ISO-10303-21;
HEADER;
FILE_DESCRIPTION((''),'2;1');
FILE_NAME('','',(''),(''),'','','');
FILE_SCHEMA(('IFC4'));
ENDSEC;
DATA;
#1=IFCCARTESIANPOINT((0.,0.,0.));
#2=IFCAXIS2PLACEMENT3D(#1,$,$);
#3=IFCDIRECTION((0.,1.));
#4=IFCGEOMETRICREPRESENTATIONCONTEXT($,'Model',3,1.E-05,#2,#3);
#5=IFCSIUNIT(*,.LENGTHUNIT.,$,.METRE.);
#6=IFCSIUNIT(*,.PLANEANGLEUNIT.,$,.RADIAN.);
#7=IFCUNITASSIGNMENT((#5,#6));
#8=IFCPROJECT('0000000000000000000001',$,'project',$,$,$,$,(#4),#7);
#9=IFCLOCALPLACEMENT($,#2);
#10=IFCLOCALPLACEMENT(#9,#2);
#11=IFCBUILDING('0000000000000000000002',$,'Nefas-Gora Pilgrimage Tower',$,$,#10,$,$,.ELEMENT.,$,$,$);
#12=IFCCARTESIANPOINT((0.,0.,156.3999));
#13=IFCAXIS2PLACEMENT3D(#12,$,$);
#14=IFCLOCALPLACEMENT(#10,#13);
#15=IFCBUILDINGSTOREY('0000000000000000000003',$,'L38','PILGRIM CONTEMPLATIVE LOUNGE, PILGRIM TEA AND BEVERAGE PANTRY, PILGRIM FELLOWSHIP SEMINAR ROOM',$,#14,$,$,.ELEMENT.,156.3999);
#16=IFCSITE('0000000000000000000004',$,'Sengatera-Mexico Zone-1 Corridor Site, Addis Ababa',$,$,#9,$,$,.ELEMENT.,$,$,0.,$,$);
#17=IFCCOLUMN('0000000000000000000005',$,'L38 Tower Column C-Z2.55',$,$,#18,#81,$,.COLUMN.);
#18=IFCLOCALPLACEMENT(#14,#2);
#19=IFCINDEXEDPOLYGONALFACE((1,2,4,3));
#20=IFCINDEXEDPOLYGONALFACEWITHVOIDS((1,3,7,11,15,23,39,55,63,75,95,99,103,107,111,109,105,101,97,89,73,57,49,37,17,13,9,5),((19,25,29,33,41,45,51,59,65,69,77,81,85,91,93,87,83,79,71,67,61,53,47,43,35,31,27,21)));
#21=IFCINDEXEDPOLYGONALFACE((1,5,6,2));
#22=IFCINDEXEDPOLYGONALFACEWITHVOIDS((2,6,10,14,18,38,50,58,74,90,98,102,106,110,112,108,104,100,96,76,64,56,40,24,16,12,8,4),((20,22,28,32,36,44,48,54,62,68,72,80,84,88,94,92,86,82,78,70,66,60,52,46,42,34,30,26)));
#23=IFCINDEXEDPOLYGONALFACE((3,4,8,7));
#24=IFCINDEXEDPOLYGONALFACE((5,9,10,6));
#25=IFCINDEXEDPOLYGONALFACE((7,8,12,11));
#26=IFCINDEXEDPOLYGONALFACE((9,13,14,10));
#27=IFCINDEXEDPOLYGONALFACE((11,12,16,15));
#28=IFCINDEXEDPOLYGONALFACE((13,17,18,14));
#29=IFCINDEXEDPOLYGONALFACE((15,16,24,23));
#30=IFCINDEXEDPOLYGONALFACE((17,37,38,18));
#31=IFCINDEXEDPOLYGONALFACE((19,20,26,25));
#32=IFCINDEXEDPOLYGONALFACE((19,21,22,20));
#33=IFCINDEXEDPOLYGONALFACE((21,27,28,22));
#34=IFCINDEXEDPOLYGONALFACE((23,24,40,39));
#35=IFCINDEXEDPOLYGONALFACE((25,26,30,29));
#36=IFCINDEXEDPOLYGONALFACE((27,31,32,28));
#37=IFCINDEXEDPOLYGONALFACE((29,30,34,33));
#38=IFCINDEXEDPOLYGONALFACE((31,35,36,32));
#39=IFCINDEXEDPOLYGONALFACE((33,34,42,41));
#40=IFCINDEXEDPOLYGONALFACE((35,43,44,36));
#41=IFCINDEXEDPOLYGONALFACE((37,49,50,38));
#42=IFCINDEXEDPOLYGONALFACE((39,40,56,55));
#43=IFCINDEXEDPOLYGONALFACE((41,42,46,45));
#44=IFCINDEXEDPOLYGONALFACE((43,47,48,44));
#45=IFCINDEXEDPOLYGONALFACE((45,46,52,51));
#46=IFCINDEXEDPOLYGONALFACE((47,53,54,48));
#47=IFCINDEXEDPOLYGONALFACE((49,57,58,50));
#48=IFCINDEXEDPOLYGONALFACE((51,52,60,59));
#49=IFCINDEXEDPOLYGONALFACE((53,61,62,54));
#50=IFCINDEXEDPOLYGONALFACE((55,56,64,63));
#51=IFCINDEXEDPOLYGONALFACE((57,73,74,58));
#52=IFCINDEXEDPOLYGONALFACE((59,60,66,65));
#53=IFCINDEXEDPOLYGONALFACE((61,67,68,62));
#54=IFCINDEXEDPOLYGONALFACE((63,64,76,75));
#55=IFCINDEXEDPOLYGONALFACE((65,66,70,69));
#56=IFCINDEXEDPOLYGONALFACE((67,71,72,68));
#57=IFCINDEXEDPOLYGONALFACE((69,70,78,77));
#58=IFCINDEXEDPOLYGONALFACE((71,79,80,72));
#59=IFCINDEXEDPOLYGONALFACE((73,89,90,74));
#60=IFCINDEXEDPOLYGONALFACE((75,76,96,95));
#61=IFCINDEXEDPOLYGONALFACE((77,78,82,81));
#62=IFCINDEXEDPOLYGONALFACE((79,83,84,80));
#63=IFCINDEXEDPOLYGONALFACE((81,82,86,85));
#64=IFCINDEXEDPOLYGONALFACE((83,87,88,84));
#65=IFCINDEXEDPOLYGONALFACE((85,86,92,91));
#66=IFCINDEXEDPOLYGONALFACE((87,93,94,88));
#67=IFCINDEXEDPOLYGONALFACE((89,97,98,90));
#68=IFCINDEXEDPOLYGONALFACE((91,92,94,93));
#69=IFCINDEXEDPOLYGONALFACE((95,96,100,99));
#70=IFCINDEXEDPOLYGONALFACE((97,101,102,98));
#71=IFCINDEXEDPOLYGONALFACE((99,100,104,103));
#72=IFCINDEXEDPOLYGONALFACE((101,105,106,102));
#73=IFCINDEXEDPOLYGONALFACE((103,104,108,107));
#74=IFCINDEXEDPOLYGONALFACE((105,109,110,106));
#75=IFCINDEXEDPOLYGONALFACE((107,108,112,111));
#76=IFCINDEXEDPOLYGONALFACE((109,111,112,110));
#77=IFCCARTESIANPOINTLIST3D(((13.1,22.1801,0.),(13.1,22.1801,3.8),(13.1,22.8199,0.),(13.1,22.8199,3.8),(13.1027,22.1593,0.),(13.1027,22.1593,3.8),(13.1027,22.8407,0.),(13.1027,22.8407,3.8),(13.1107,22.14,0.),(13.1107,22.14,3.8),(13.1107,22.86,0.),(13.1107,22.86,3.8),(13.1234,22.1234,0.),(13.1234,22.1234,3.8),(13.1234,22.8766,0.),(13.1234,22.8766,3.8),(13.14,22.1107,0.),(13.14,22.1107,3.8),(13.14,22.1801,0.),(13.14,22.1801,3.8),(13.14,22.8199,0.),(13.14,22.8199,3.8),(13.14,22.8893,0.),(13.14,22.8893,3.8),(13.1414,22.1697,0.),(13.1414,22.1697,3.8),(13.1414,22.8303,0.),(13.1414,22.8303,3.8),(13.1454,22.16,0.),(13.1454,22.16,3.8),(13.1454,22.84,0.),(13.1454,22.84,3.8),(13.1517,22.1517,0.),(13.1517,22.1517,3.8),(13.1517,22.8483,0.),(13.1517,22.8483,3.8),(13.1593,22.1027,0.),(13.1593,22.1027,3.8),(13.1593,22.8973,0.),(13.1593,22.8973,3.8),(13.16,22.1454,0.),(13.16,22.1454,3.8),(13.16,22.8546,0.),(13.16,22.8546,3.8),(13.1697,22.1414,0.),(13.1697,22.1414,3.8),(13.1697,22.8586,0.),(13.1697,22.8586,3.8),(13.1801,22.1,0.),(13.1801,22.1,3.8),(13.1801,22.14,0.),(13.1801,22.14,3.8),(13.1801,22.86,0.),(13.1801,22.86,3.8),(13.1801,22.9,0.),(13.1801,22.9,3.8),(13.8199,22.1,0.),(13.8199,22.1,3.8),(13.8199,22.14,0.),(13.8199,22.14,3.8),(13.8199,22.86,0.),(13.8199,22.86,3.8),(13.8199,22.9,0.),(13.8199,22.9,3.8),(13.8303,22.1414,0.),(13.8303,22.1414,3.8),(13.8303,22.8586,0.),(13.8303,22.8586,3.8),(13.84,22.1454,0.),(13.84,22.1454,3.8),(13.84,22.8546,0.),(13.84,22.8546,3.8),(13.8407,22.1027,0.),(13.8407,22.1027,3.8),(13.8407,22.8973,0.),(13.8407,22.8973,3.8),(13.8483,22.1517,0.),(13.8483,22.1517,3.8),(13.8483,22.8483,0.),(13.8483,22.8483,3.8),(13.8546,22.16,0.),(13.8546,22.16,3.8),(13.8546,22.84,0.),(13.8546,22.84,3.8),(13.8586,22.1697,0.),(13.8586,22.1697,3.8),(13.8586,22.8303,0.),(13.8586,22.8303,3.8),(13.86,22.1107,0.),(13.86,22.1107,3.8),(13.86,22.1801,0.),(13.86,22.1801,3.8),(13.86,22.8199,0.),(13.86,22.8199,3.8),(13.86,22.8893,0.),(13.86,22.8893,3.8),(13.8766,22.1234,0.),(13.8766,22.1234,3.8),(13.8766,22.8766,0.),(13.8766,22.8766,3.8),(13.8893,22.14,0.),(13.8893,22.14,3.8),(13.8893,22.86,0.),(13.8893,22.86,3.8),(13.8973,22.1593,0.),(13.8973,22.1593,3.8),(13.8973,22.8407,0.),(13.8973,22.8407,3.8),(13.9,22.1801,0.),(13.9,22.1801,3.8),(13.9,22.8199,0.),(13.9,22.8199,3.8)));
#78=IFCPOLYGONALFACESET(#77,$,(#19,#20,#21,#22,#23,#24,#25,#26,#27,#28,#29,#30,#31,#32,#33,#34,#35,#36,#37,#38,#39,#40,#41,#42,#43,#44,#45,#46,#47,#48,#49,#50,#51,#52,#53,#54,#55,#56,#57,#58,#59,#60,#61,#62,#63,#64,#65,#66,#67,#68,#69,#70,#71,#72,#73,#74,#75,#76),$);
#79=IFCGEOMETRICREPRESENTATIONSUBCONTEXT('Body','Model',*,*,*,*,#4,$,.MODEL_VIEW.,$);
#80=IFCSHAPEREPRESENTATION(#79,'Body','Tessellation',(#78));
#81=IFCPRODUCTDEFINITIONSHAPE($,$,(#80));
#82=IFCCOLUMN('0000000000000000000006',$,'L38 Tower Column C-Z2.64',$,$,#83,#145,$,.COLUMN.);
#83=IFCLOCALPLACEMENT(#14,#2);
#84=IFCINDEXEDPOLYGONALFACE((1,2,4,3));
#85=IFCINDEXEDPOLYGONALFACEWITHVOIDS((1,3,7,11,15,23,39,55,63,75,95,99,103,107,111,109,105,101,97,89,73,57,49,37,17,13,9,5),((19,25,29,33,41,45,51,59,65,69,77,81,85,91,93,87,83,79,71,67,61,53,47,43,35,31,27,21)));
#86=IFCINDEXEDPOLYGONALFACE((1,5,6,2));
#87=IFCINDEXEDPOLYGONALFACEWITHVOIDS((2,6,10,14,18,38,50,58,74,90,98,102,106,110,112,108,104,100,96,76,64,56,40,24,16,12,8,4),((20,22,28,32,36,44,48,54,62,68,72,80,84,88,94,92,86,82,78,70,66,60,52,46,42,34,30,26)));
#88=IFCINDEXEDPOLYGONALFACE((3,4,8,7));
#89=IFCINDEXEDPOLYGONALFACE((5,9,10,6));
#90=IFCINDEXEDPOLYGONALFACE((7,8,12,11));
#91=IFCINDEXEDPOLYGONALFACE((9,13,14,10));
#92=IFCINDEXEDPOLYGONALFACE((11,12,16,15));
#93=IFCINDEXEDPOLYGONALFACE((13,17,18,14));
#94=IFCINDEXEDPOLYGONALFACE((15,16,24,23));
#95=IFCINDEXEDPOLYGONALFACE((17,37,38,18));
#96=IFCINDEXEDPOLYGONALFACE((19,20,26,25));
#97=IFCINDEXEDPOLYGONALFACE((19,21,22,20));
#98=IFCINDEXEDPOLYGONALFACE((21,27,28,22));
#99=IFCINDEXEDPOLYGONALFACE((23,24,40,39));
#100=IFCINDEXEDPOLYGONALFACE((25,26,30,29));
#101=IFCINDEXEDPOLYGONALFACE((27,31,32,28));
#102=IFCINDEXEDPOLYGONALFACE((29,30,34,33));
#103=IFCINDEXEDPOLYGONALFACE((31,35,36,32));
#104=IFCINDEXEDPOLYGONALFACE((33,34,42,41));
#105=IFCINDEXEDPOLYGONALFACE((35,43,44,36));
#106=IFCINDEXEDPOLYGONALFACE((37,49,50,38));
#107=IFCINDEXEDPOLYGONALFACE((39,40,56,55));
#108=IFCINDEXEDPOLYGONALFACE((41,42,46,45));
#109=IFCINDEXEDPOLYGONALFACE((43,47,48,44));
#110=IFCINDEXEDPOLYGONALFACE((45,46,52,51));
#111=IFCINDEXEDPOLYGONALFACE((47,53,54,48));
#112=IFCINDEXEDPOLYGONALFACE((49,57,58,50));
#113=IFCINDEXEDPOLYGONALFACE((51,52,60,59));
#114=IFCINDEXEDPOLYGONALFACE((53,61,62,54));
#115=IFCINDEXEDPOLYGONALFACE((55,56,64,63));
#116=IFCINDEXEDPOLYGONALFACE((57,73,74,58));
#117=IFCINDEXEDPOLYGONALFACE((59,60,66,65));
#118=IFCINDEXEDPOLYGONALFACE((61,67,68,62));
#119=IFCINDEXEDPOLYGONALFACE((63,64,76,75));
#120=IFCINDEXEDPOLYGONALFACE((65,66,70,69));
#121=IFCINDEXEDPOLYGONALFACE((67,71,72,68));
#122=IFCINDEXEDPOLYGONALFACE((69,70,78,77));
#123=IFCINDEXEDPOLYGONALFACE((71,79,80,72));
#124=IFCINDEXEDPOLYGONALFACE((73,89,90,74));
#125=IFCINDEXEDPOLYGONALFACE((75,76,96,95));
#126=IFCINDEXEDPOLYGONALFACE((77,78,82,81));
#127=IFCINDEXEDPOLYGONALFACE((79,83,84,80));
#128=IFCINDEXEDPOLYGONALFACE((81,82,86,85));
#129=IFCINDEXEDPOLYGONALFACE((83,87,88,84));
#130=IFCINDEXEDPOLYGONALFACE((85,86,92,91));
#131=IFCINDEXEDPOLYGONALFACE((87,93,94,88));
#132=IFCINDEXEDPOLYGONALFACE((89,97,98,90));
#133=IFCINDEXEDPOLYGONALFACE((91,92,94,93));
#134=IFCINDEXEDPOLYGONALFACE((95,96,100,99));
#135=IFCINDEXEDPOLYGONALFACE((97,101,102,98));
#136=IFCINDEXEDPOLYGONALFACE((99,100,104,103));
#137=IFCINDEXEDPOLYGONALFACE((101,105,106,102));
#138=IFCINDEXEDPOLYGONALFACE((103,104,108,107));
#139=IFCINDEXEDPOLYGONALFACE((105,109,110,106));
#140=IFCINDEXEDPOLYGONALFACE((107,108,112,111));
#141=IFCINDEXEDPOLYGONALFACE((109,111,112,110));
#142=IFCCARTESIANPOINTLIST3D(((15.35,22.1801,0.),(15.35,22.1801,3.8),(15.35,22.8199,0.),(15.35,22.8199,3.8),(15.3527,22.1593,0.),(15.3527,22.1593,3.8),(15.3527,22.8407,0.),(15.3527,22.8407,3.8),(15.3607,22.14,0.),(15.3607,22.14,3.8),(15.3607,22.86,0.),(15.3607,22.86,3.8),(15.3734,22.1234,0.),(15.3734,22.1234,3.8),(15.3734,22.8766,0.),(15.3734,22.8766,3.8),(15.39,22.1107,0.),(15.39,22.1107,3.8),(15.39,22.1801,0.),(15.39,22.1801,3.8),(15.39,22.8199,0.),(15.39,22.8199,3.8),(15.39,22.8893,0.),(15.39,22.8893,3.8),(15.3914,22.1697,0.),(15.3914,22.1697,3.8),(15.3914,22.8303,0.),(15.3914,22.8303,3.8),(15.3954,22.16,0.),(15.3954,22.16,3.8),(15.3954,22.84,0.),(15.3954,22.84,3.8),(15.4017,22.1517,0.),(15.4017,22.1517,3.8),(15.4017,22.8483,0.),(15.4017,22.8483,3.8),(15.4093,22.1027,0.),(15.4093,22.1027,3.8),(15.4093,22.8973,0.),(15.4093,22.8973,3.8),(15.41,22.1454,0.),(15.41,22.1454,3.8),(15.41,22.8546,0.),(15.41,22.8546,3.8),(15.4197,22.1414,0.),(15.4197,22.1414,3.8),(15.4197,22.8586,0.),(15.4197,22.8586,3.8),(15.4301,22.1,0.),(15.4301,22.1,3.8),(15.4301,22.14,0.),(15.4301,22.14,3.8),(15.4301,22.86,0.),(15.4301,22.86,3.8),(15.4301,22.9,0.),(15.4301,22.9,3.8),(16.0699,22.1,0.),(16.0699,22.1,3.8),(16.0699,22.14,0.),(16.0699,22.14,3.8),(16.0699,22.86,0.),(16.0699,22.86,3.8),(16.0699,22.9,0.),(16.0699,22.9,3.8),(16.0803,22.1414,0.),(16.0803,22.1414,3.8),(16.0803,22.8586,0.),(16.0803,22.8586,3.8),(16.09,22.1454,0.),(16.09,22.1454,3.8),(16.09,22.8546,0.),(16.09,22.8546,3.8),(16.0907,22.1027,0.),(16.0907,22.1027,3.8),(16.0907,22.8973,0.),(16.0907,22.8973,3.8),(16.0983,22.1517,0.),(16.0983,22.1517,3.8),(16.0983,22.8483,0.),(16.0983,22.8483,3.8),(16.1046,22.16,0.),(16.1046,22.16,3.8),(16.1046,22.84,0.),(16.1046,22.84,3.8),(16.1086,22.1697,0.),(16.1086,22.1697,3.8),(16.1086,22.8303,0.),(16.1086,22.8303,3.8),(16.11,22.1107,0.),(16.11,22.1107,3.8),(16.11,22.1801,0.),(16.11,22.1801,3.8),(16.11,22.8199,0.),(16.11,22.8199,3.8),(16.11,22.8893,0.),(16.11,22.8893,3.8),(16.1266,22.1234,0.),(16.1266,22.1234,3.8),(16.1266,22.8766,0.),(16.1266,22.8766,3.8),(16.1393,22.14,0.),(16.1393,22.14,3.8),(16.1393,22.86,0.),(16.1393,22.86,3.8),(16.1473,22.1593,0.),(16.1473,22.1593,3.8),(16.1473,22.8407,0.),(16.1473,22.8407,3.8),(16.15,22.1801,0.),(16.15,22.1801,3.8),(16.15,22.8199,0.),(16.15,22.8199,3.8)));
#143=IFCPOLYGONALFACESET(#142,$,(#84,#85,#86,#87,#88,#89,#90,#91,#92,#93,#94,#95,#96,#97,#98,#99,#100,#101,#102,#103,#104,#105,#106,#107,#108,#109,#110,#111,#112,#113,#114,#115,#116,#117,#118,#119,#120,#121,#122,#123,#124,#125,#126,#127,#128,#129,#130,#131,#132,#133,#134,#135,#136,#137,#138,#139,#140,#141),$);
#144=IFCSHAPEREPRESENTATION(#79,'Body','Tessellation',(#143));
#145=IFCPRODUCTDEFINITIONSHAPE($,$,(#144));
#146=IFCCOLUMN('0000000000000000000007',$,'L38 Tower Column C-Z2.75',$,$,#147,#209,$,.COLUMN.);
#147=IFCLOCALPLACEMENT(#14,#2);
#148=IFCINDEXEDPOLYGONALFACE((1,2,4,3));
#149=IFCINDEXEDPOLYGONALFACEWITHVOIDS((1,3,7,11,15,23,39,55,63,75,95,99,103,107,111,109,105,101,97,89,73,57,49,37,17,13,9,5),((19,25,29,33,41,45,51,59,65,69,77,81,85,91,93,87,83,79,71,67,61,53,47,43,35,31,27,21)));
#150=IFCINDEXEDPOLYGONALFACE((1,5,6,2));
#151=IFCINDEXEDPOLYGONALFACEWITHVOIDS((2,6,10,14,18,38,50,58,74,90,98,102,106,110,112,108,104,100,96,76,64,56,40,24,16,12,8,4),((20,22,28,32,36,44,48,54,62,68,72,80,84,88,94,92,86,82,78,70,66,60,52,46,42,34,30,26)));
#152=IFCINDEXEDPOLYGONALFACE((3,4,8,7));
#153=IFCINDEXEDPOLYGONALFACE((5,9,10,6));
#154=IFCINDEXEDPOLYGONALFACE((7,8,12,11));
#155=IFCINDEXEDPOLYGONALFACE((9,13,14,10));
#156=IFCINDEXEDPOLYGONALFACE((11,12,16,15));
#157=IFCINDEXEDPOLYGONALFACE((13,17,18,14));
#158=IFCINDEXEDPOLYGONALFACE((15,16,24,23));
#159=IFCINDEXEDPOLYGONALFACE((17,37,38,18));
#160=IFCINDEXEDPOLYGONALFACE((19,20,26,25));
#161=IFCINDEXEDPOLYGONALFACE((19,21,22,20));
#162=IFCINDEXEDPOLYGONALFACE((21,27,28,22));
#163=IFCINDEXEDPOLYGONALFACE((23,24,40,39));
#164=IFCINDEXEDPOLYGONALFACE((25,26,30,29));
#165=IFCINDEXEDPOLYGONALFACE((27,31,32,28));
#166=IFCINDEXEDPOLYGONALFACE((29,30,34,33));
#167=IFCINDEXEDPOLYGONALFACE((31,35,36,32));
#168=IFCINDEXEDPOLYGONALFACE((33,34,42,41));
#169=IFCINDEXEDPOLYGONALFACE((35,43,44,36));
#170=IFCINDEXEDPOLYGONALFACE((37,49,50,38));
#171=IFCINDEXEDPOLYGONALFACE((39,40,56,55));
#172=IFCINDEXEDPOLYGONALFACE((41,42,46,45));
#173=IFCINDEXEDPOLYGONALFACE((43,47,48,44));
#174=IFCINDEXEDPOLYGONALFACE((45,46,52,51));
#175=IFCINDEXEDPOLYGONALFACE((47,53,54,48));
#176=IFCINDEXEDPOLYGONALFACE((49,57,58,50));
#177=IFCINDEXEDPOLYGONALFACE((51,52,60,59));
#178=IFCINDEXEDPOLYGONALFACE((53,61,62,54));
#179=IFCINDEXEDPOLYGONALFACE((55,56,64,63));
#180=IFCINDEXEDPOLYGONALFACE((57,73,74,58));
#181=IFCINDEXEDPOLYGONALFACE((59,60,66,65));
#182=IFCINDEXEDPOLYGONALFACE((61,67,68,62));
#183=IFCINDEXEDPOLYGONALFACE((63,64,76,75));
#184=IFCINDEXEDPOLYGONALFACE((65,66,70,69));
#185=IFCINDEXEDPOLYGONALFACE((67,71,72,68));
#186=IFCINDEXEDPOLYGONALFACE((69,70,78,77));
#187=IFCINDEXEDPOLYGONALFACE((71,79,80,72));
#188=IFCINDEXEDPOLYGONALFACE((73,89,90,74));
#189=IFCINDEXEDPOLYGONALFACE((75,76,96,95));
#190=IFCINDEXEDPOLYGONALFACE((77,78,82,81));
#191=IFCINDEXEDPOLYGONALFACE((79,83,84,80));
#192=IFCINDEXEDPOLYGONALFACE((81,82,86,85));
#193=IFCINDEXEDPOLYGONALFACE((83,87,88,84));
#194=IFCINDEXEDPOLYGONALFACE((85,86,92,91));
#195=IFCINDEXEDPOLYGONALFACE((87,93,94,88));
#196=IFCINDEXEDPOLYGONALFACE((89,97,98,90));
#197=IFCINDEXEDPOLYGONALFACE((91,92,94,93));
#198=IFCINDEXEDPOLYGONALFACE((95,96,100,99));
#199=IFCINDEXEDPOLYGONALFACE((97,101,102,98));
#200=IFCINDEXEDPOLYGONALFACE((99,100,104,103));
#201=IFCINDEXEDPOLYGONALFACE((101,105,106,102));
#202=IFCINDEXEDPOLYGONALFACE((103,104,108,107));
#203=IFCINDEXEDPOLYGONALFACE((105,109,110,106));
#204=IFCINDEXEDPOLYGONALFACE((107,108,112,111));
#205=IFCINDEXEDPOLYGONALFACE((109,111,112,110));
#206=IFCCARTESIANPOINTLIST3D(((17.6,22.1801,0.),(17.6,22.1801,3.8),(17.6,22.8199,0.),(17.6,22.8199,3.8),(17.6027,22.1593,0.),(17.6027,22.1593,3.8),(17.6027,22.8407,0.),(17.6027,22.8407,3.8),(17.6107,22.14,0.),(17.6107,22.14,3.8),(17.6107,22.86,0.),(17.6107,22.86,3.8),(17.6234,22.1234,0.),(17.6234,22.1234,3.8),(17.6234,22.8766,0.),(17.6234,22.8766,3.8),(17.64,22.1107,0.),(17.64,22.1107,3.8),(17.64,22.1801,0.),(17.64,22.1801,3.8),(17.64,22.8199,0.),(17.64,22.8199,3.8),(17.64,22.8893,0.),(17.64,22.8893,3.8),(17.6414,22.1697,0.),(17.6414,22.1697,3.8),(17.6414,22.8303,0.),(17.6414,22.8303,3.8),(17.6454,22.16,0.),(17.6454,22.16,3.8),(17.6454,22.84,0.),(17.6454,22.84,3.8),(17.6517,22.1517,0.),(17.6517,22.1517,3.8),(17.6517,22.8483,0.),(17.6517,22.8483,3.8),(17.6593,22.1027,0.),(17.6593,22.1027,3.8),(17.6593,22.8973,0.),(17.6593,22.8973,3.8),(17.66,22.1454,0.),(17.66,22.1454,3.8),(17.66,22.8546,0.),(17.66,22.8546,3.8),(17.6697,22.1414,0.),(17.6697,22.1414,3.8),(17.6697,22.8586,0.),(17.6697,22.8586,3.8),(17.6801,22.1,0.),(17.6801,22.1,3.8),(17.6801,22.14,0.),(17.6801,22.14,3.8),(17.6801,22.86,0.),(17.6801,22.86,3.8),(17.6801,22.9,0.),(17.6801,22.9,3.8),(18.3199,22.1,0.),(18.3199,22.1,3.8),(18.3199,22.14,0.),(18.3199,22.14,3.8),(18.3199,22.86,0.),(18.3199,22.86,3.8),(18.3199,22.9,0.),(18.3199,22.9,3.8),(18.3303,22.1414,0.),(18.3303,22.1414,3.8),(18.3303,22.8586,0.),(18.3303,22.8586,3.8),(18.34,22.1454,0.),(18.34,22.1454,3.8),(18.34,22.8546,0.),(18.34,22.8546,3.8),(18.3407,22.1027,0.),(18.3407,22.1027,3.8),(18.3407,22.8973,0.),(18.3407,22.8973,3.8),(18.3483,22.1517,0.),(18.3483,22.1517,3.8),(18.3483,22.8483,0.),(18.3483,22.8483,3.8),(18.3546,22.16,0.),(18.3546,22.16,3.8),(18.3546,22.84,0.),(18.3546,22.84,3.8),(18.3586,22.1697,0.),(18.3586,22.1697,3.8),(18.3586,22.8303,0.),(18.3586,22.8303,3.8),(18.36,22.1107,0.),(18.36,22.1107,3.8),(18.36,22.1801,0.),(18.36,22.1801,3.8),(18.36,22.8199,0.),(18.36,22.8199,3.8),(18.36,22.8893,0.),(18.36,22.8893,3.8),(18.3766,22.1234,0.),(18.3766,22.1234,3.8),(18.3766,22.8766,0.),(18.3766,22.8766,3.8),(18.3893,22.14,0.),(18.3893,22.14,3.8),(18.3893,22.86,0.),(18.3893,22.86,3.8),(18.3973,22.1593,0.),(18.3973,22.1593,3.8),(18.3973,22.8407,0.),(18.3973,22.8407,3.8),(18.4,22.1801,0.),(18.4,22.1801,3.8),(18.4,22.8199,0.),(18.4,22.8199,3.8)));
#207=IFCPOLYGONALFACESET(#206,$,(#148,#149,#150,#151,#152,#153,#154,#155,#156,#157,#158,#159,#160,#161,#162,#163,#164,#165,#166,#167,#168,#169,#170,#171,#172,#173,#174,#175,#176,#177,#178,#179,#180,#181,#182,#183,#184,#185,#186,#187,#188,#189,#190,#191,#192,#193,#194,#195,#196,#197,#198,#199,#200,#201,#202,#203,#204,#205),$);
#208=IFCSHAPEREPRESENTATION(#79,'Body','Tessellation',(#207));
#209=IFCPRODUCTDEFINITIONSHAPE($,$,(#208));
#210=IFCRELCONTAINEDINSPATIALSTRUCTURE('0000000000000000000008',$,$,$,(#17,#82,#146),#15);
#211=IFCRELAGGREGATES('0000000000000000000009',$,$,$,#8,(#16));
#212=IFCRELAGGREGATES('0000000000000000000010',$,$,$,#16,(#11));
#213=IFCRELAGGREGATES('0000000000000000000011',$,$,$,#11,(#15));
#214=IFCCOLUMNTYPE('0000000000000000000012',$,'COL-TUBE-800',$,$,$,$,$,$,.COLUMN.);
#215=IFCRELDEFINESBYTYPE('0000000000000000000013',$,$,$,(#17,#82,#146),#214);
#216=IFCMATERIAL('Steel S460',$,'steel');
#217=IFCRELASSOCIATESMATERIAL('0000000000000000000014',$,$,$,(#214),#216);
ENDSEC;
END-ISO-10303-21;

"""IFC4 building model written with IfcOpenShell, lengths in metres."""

from ifc_helpers import new_model, si_unit, direction, frame, origin, origin_2d, place, context, subcontext, project, spatial, hollow_rectangle, extrude, source, transform, mapped, material, material_profile, profile_set, type_object, element, save


model = new_model("IFC4")

# Units and contexts
model_context = context("Model", 3, precision=1e-05, world=origin(), true_north=direction((0.0, 1.0)))
body_context = subcontext(model_context, "Body", "Model", "MODEL_VIEW")
ifc_project = project(units=[si_unit("LENGTHUNIT", "METRE"), si_unit("PLANEANGLEUNIT", "RADIAN")], contexts=[model_context])

# Site, building, storey
site_placement = place(None, origin())
site = spatial("IfcSite", under=ifc_project, at=site_placement, Name="Sengatera-Mexico Zone-1 Corridor Site, Addis Ababa", CompositionType="ELEMENT", RefElevation=0.0)
building_placement = place(site_placement, origin())
building = spatial("IfcBuilding", under=site, at=building_placement, Name="Nefas-Gora Pilgrimage Tower", CompositionType="ELEMENT")
storey_placement = place(building_placement, frame((0.0, 0.0, 156.3999)))
storey = spatial("IfcBuildingStorey", under=building, at=storey_placement, Name="L38", Description="PILGRIM CONTEMPLATIVE LOUNGE, PILGRIM TEA AND BEVERAGE PANTRY, PILGRIM FELLOWSHIP SEMINAR ROOM", CompositionType="ELEMENT", Elevation=156.3999)

# Columns
ifc_material_1 = material(Name="Steel S460", Category="steel")
ifc_material_profile_1 = material_profile(ifc_material_1, hollow_rectangle(XDim=0.8, YDim=0.8, WallThickness=0.04, InnerFilletRadius=0.04, OuterFilletRadius=0.0801, at=origin_2d()), Name="BOX 800x800x40")
ifc_profile_set_1 = profile_set([ifc_material_profile_1], Name="Steel S460")
column_type_1 = type_object("IfcColumnType", Name="COL-TUBE-800", PredefinedType="COLUMN", material=ifc_profile_set_1)
shared_shape_1 = source(origin(), body_context, "Body", "SweptSolid", [
    extrude(hollow_rectangle(XDim=0.8, YDim=0.8, WallThickness=0.04, InnerFilletRadius=0.04, OuterFilletRadius=0.0801, at=origin_2d()), origin(), (0.0, 0.0, 1.0), 3.8),
])
for number, where, z_axis, x_axis, name in (
    (1, (13.5, 22.5, 0.0), (0.0, 0.0, 1.0), (1.0, 0.0, 0.0), "L38 Tower Column C-Z2.55"),
    (2, (15.75, 22.5, 0.0), (0.0, 0.0, 1.0), (1.0, 0.0, 0.0), "L38 Tower Column C-Z2.64"),
    (3, (18.0, 22.5, 0.0), (0.0, 0.0, 1.0), (1.0, 0.0, 0.0), "L38 Tower Column C-Z2.75"),
):
    element("IfcColumn", number, at=place(storey_placement, frame(where, z_axis=z_axis, x_axis=x_axis)), inside=storey, type_object=column_type_1, Name=name, PredefinedType="COLUMN", context=body_context, shape_type="MappedRepresentation", body=[
        mapped(shared_shape_1, transform((0.0, 0.0, 0.0), x_axis=(1.0, 0.0, 0.0), y_axis=(0.0, 1.0, 0.0), z_axis=(0.0, 0.0, 1.0), scale=1.0)),
    ])

save(model, "model.ifc")
